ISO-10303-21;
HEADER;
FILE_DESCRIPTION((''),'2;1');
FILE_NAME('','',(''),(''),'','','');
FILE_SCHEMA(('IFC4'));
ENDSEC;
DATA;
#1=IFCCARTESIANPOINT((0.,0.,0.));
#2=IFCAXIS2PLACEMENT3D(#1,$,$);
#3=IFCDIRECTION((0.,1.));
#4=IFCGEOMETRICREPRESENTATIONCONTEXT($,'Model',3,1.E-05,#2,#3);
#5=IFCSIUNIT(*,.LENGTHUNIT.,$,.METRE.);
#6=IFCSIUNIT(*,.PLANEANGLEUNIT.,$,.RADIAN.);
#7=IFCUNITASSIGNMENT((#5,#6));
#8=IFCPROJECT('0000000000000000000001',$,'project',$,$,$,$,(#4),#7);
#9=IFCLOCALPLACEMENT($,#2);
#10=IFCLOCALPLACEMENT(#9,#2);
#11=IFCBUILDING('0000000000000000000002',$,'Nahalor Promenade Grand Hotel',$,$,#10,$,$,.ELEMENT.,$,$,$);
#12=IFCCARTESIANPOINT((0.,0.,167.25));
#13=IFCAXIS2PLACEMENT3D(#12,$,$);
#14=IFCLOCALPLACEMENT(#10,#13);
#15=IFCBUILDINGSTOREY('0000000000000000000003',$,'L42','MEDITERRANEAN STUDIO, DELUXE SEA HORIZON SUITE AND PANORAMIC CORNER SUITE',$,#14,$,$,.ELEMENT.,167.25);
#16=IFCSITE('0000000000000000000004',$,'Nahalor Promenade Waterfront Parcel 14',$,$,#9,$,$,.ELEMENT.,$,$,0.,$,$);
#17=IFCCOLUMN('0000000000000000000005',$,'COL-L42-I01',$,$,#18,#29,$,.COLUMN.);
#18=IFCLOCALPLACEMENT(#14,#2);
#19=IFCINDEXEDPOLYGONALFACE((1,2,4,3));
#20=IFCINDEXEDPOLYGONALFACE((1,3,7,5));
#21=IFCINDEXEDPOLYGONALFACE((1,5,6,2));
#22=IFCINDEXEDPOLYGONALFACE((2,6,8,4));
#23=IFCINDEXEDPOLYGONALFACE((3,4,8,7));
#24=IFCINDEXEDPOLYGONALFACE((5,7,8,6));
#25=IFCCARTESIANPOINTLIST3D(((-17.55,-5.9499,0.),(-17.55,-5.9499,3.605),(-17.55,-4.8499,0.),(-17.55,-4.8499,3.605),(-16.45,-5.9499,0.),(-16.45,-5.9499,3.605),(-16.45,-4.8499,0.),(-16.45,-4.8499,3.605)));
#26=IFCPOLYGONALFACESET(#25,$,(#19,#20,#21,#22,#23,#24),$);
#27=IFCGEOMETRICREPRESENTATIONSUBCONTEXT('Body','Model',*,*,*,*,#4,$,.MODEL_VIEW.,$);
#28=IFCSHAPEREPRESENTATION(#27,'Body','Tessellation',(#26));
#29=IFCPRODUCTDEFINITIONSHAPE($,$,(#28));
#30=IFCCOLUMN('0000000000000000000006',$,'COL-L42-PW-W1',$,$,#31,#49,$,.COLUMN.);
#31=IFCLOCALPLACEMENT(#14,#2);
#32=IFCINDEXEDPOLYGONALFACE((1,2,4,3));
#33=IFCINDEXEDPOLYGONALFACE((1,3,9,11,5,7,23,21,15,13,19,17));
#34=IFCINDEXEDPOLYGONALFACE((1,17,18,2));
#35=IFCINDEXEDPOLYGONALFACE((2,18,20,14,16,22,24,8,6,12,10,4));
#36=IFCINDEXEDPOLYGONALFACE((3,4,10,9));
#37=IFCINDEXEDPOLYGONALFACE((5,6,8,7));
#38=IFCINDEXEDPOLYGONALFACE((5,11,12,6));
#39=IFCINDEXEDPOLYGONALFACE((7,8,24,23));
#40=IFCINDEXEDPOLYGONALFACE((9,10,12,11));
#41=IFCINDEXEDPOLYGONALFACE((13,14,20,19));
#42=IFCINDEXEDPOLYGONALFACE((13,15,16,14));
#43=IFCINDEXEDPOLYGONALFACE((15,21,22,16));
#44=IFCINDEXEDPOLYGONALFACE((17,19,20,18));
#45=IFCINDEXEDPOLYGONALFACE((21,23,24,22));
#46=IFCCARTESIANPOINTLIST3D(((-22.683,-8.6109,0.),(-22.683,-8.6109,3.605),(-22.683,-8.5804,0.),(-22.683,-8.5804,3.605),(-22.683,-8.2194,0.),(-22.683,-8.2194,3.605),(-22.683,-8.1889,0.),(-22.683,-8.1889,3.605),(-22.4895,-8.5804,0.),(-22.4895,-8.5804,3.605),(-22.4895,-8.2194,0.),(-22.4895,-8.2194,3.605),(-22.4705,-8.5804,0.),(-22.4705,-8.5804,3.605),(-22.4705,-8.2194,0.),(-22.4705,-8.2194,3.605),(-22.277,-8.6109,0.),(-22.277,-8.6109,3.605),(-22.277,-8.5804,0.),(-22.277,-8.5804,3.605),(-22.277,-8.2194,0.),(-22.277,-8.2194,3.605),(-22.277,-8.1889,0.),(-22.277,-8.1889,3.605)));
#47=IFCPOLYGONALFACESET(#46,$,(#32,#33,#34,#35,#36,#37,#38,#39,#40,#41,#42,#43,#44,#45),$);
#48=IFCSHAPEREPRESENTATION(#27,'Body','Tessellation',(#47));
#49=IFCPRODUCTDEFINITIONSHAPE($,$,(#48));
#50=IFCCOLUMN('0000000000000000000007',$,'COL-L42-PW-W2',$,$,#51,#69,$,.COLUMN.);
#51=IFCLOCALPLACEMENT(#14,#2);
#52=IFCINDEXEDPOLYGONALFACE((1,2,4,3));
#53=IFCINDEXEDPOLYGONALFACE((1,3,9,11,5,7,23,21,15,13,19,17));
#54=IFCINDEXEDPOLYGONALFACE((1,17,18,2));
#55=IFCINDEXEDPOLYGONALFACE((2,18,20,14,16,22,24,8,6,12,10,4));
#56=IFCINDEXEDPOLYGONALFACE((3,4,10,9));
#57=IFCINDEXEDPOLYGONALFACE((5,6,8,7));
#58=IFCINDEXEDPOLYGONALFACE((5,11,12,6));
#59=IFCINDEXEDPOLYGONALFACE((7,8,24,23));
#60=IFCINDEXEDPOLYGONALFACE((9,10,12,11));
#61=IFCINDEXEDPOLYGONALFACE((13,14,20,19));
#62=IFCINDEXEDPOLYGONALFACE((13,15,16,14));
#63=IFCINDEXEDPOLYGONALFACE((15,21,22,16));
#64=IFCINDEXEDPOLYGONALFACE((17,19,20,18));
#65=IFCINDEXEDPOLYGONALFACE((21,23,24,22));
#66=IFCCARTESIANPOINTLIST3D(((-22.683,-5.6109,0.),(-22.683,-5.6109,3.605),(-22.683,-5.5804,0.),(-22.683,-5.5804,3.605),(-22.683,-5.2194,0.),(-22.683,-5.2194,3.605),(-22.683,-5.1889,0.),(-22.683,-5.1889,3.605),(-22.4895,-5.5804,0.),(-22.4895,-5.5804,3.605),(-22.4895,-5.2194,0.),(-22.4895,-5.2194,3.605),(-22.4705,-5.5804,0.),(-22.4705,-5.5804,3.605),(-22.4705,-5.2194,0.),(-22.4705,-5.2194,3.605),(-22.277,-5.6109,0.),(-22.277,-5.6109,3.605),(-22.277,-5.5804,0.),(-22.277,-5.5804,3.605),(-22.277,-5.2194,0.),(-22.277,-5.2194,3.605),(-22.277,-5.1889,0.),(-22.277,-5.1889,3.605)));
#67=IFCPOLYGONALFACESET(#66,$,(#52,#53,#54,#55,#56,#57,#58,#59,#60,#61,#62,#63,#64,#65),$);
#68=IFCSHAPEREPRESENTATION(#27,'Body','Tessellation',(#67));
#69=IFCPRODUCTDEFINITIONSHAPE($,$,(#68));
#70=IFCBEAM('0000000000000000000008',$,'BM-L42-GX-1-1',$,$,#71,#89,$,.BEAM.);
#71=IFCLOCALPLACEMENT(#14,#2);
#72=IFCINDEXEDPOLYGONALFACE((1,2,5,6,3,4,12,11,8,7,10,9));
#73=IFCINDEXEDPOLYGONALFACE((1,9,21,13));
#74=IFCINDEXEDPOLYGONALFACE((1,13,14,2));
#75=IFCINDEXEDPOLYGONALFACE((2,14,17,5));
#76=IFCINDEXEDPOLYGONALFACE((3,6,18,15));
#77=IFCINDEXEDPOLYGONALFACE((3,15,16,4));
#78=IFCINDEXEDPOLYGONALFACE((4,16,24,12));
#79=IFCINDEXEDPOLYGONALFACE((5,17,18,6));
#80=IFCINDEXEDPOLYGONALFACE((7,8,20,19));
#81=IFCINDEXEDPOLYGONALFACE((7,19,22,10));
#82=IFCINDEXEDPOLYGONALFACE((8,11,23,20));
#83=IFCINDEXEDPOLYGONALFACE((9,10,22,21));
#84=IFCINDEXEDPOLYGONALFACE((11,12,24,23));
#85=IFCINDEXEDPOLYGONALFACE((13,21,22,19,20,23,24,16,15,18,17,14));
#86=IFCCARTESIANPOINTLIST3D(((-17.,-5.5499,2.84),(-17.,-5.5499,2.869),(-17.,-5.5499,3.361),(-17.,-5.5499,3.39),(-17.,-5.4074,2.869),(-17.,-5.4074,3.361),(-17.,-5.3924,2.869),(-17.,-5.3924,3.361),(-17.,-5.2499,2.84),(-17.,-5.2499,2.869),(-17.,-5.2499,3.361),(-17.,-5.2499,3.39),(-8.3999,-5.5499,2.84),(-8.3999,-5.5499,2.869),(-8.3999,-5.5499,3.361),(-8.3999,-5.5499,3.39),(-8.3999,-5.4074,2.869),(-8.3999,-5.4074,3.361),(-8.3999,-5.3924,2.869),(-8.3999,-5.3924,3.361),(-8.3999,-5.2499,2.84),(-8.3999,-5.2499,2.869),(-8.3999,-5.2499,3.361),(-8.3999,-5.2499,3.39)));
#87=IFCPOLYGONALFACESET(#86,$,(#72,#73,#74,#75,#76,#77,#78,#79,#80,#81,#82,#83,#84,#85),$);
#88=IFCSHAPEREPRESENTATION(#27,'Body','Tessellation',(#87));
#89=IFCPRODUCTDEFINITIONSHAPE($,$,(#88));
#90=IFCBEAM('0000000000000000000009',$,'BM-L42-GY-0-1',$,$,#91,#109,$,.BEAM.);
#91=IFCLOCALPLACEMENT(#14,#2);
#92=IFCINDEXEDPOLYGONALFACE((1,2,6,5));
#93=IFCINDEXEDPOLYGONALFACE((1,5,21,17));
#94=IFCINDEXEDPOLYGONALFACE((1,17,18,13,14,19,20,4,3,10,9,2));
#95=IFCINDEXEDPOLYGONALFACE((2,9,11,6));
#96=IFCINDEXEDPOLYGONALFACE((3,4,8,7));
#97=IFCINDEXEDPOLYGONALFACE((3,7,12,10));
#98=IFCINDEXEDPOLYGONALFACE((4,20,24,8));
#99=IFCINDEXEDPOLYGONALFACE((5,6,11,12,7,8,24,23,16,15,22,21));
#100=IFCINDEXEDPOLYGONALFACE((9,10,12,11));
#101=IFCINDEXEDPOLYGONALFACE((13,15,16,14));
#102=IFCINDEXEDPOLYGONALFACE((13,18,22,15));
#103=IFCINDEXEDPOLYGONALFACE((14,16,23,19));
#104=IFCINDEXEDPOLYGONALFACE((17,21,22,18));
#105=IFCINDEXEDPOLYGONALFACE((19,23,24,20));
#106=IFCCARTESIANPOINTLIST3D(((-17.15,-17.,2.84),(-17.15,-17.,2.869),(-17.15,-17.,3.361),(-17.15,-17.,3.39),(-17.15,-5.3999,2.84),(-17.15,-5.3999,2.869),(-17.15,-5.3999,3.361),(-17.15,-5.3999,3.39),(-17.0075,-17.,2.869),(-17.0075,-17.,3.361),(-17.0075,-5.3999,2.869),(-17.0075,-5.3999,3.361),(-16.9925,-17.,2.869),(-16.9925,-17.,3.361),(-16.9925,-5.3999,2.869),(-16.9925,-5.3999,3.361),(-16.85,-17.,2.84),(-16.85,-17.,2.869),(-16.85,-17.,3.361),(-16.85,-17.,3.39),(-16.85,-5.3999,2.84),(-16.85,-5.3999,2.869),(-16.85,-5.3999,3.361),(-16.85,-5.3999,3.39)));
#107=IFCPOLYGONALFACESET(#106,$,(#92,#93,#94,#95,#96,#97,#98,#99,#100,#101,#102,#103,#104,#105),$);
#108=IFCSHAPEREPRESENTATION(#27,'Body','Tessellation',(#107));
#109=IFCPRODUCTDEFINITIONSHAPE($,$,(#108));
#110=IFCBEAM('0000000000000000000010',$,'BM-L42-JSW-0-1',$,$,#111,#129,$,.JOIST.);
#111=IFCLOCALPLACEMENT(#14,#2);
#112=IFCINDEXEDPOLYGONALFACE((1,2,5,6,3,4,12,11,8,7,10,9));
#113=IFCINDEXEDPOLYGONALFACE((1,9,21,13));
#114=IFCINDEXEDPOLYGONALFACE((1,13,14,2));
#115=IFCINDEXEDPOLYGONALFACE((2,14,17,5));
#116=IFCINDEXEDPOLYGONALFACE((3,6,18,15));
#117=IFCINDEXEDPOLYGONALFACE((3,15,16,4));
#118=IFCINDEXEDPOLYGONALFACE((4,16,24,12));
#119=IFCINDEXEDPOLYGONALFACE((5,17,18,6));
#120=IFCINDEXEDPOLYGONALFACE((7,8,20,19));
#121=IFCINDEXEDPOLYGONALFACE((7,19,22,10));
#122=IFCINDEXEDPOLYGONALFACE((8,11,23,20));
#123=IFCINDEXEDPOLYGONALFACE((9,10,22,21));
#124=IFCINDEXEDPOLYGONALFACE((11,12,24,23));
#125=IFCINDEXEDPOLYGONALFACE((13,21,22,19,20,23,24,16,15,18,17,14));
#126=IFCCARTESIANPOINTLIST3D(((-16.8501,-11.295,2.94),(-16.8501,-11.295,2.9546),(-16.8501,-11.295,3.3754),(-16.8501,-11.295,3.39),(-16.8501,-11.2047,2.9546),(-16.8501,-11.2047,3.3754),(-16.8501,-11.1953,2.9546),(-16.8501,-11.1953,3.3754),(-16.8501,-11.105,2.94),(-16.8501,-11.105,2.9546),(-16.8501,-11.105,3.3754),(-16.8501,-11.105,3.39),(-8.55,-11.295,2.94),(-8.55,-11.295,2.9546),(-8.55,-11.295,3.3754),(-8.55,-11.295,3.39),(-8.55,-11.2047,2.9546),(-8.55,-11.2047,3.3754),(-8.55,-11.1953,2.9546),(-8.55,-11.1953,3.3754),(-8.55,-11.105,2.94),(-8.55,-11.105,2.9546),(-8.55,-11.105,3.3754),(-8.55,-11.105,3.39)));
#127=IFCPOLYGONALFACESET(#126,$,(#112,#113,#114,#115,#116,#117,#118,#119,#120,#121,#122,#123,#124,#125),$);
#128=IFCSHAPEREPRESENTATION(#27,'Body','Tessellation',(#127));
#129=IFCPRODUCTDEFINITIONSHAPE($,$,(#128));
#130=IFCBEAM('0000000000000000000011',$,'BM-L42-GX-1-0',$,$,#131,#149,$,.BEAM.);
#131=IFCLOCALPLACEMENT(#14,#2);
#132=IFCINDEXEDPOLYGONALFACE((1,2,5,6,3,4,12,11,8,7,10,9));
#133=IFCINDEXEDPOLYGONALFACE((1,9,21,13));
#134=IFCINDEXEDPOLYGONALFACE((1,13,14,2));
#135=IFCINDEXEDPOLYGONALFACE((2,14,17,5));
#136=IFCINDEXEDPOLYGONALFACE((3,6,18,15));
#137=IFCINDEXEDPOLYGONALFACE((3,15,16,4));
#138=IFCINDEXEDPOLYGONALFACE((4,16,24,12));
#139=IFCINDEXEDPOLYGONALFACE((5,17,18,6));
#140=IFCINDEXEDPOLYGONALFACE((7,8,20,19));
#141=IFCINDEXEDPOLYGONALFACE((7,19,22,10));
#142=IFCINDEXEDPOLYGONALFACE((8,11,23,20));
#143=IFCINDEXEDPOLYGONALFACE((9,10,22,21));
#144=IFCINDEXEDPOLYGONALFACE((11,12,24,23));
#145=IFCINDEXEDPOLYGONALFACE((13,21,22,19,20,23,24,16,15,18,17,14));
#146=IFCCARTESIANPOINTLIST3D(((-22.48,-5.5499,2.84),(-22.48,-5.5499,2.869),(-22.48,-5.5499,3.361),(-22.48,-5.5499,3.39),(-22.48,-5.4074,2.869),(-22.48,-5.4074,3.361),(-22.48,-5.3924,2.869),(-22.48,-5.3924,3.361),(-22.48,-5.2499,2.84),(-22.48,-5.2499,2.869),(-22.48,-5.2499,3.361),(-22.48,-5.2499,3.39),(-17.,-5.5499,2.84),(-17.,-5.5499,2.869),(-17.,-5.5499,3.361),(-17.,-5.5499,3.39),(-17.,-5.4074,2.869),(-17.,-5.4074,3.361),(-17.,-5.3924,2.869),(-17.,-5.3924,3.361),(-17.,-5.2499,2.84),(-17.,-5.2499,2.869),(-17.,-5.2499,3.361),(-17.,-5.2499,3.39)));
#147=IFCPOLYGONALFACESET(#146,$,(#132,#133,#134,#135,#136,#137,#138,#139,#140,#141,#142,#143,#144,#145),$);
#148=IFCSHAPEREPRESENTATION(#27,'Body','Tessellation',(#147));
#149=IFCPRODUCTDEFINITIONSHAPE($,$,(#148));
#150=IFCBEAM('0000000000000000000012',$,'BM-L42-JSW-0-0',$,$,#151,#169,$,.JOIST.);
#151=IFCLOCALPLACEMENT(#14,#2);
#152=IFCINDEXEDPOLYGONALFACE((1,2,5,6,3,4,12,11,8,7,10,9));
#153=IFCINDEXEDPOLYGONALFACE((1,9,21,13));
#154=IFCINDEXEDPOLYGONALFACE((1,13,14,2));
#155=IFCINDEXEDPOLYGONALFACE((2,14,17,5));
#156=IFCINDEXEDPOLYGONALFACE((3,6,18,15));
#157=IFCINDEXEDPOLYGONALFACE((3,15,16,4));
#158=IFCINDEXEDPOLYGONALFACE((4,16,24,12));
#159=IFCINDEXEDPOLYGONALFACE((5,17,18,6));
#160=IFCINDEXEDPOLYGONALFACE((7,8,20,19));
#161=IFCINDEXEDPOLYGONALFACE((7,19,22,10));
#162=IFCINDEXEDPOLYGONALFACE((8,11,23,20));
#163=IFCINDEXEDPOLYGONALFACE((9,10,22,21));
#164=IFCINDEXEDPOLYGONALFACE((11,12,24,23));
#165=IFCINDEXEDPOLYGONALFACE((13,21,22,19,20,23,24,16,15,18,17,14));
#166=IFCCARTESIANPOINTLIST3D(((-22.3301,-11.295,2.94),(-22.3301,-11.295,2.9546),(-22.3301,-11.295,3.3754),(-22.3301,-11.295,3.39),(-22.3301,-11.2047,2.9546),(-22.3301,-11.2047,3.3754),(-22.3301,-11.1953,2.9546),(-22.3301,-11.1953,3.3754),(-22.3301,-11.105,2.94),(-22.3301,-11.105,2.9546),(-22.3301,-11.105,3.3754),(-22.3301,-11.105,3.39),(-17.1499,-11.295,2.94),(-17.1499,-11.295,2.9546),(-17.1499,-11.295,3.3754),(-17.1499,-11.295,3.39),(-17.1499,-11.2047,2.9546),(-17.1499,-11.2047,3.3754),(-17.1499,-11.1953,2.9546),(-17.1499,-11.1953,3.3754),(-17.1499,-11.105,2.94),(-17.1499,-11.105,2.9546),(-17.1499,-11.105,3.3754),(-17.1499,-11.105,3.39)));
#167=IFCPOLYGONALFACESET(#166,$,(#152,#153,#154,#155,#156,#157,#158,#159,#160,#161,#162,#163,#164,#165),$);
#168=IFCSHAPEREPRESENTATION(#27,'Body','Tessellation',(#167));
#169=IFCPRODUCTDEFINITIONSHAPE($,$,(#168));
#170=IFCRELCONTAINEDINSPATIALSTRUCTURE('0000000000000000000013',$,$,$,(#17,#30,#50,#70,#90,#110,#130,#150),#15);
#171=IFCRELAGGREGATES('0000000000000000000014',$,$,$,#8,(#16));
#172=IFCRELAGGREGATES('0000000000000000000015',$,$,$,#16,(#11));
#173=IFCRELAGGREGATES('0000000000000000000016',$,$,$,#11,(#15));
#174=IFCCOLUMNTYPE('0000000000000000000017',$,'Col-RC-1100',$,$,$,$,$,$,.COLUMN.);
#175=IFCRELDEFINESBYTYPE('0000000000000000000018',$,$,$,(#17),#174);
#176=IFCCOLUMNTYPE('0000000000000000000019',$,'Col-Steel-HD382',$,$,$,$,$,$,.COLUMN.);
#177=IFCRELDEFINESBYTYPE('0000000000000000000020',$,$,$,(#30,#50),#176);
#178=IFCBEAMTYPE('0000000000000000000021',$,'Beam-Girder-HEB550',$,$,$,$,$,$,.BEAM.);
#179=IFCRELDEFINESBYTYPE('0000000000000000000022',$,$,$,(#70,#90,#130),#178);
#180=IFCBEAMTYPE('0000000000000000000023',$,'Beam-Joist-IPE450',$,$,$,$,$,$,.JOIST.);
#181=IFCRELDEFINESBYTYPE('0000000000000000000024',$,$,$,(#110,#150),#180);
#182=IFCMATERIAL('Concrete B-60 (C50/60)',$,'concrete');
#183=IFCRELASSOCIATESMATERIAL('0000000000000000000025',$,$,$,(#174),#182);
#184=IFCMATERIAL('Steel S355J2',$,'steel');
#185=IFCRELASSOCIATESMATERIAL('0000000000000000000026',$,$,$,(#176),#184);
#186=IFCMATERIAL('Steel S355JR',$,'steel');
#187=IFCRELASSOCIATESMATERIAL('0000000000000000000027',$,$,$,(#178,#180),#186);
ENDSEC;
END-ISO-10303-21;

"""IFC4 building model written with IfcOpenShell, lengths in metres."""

from ifc_helpers import new_model, si_unit, direction, frame, origin, origin_2d, place, context, subcontext, project, spatial, rectangle, i_section, extrude, source, transform, mapped, material, material_profile, profile_set, type_object, element, save


model = new_model("IFC4")

# Units and contexts
model_context = context("Model", 3, precision=1e-05, world=origin(), true_north=direction((0.0, 1.0)))
body_context = subcontext(model_context, "Body", "Model", "MODEL_VIEW")
ifc_project = project(units=[si_unit("LENGTHUNIT", "METRE"), si_unit("PLANEANGLEUNIT", "RADIAN")], contexts=[model_context])

# Site, building, storey
site_placement = place(None, origin())
site = spatial("IfcSite", under=ifc_project, at=site_placement, Name="Nahalor Promenade Waterfront Parcel 14", CompositionType="ELEMENT", RefElevation=0.0)
building_placement = place(site_placement, origin())
building = spatial("IfcBuilding", under=site, at=building_placement, Name="Nahalor Promenade Grand Hotel", CompositionType="ELEMENT")
storey_placement = place(building_placement, frame((0.0, 0.0, 167.25)))
storey = spatial("IfcBuildingStorey", under=building, at=storey_placement, Name="L42", Description="MEDITERRANEAN STUDIO, DELUXE SEA HORIZON SUITE AND PANORAMIC CORNER SUITE", CompositionType="ELEMENT", Elevation=167.25)

# Columns
ifc_material_1 = material(Name="Concrete B-60 (C50/60)", Category="concrete")
ifc_material_profile_1 = material_profile(ifc_material_1, rectangle(XDim=1.1, YDim=1.1, at=origin_2d()), Name="RC 1100x1100")
ifc_profile_set_1 = profile_set([ifc_material_profile_1], Name="Concrete B-60 (C50/60)")
column_type_1 = type_object("IfcColumnType", Name="Col-RC-1100", PredefinedType="COLUMN", material=ifc_profile_set_1)
shared_shape_1 = source(origin(), body_context, "Body", "SweptSolid", [
    extrude(rectangle(XDim=1.1, YDim=1.1, at=origin_2d()), origin(), (0.0, 0.0, 1.0), 3.605),
])
column_placement = place(storey_placement, frame((-17.0, -5.3999, 0.0), z_axis=(0.0, 0.0, 1.0), x_axis=(1.0, 0.0, 0.0)))
element("IfcColumn", 1, at=column_placement, inside=storey, type_object=column_type_1, Name="COL-L42-I01", PredefinedType="COLUMN", context=body_context, shape_type="MappedRepresentation", body=[
    mapped(shared_shape_1, transform((0.0, 0.0, 0.0), scale=1.0)),
])
ifc_material_2 = material(Name="Steel S355J2", Category="steel")
ifc_material_profile_2 = material_profile(ifc_material_2, i_section(OverallWidth=0.406, OverallDepth=0.422, WebThickness=0.019, FlangeThickness=0.0305, at=origin_2d()), Name="HD 400x382")
ifc_profile_set_2 = profile_set([ifc_material_profile_2], Name="Steel S355J2")
column_type_2 = type_object("IfcColumnType", Name="Col-Steel-HD382", PredefinedType="COLUMN", material=ifc_profile_set_2)
shared_shape_2 = source(origin(), body_context, "Body", "SweptSolid", [
    extrude(i_section(OverallWidth=0.406, OverallDepth=0.422, WebThickness=0.019, FlangeThickness=0.0305, at=origin_2d()), origin(), (0.0, 0.0, 1.0), 3.605),
])
for number, where, z_axis, x_axis, name in (
    (2, (-22.48, -8.3999, 0.0), (0.0, 0.0, 1.0), (1.0, 0.0, 0.0), "COL-L42-PW-W1"),
    (3, (-22.48, -5.3999, 0.0), (0.0, 0.0, 1.0), (1.0, 0.0, 0.0), "COL-L42-PW-W2"),
):
    element("IfcColumn", number, at=place(storey_placement, frame(where, z_axis=z_axis, x_axis=x_axis)), inside=storey, type_object=column_type_2, Name=name, PredefinedType="COLUMN", context=body_context, shape_type="MappedRepresentation", body=[
        mapped(shared_shape_2, transform((0.0, 0.0, 0.0), scale=1.0)),
    ])

# Beams
ifc_material_3 = material(Name="Steel S355JR", Category="steel")
ifc_material_profile_3 = material_profile(ifc_material_3, i_section(OverallWidth=0.3, OverallDepth=0.55, WebThickness=0.015, FlangeThickness=0.029, at=origin_2d()), Name="HEB 550")
ifc_profile_set_3 = profile_set([ifc_material_profile_3], Name="Steel S355JR")
beam_type_1 = type_object("IfcBeamType", Name="Beam-Girder-HEB550", PredefinedType="BEAM", material=ifc_profile_set_3)
shared_shape_3 = source(origin(), body_context, "Body", "SweptSolid", [
    extrude(i_section(OverallWidth=0.3, OverallDepth=0.55, WebThickness=0.015, FlangeThickness=0.029, at=origin_2d()), origin(), (0.0, 0.0, 1.0), 8.6001),
])
beam_1_placement = place(storey_placement, frame((-17.0, -5.3999, 3.115), z_axis=(1.0, 0.0, 0.0), x_axis=(0.0, 1.0, 0.0)))
element("IfcBeam", 4, at=beam_1_placement, inside=storey, type_object=beam_type_1, Name="BM-L42-GX-1-1", PredefinedType="BEAM", context=body_context, shape_type="MappedRepresentation", body=[
    mapped(shared_shape_3, transform((0.0, 0.0, 0.0), scale=1.0)),
])
shared_shape_4 = source(origin(), body_context, "Body", "SweptSolid", [
    extrude(i_section(OverallWidth=0.3, OverallDepth=0.55, WebThickness=0.015, FlangeThickness=0.029, at=origin_2d()), origin(), (0.0, 0.0, 1.0), 11.6001),
])
beam_2_placement = place(storey_placement, frame((-17.0, -17.0, 3.115), z_axis=(0.0, 1.0, 0.0), x_axis=(-1.0, 0.0, 0.0)))
element("IfcBeam", 5, at=beam_2_placement, inside=storey, type_object=beam_type_1, Name="BM-L42-GY-0-1", PredefinedType="BEAM", context=body_context, shape_type="MappedRepresentation", body=[
    mapped(shared_shape_4, transform((0.0, 0.0, 0.0), scale=1.0)),
])
ifc_material_profile_4 = material_profile(ifc_material_3, i_section(OverallWidth=0.19, OverallDepth=0.45, WebThickness=0.0094, FlangeThickness=0.0146, at=origin_2d()), Name="IPE 450")
ifc_profile_set_4 = profile_set([ifc_material_profile_4], Name="Steel S355JR")
beam_type_2 = type_object("IfcBeamType", Name="Beam-Joist-IPE450", PredefinedType="JOIST", material=ifc_profile_set_4)
shared_shape_5 = source(origin(), body_context, "Body", "SweptSolid", [
    extrude(i_section(OverallWidth=0.19, OverallDepth=0.45, WebThickness=0.0094, FlangeThickness=0.0146, at=origin_2d()), origin(), (0.0, 0.0, 1.0), 8.3),
])
beam_3_placement = place(storey_placement, frame((-16.8501, -11.2, 3.165), z_axis=(1.0, 0.0, 0.0), x_axis=(0.0, 1.0, 0.0)))
element("IfcBeam", 6, at=beam_3_placement, inside=storey, type_object=beam_type_2, Name="BM-L42-JSW-0-1", PredefinedType="JOIST", context=body_context, shape_type="MappedRepresentation", body=[
    mapped(shared_shape_5, transform((0.0, 0.0, 0.0), scale=1.0)),
])
shared_shape_6 = source(origin(), body_context, "Body", "SweptSolid", [
    extrude(i_section(OverallWidth=0.3, OverallDepth=0.55, WebThickness=0.015, FlangeThickness=0.029, at=origin_2d()), origin(), (0.0, 0.0, 1.0), 5.48),
])
beam_4_placement = place(storey_placement, frame((-22.48, -5.3999, 3.115), z_axis=(1.0, 0.0, 0.0), x_axis=(0.0, 1.0, 0.0)))
element("IfcBeam", 7, at=beam_4_placement, inside=storey, type_object=beam_type_1, Name="BM-L42-GX-1-0", PredefinedType="BEAM", context=body_context, shape_type="MappedRepresentation", body=[
    mapped(shared_shape_6, transform((0.0, 0.0, 0.0), scale=1.0)),
])
shared_shape_7 = source(origin(), body_context, "Body", "SweptSolid", [
    extrude(i_section(OverallWidth=0.19, OverallDepth=0.45, WebThickness=0.0094, FlangeThickness=0.0146, at=origin_2d()), origin(), (0.0, 0.0, 1.0), 5.1802),
])
beam_5_placement = place(storey_placement, frame((-22.3301, -11.2, 3.165), z_axis=(1.0, 0.0, 0.0), x_axis=(0.0, 1.0, 0.0)))
element("IfcBeam", 8, at=beam_5_placement, inside=storey, type_object=beam_type_2, Name="BM-L42-JSW-0-0", PredefinedType="JOIST", context=body_context, shape_type="MappedRepresentation", body=[
    mapped(shared_shape_7, transform((0.0, 0.0, 0.0), scale=1.0)),
])

save(model, "model.ifc")
